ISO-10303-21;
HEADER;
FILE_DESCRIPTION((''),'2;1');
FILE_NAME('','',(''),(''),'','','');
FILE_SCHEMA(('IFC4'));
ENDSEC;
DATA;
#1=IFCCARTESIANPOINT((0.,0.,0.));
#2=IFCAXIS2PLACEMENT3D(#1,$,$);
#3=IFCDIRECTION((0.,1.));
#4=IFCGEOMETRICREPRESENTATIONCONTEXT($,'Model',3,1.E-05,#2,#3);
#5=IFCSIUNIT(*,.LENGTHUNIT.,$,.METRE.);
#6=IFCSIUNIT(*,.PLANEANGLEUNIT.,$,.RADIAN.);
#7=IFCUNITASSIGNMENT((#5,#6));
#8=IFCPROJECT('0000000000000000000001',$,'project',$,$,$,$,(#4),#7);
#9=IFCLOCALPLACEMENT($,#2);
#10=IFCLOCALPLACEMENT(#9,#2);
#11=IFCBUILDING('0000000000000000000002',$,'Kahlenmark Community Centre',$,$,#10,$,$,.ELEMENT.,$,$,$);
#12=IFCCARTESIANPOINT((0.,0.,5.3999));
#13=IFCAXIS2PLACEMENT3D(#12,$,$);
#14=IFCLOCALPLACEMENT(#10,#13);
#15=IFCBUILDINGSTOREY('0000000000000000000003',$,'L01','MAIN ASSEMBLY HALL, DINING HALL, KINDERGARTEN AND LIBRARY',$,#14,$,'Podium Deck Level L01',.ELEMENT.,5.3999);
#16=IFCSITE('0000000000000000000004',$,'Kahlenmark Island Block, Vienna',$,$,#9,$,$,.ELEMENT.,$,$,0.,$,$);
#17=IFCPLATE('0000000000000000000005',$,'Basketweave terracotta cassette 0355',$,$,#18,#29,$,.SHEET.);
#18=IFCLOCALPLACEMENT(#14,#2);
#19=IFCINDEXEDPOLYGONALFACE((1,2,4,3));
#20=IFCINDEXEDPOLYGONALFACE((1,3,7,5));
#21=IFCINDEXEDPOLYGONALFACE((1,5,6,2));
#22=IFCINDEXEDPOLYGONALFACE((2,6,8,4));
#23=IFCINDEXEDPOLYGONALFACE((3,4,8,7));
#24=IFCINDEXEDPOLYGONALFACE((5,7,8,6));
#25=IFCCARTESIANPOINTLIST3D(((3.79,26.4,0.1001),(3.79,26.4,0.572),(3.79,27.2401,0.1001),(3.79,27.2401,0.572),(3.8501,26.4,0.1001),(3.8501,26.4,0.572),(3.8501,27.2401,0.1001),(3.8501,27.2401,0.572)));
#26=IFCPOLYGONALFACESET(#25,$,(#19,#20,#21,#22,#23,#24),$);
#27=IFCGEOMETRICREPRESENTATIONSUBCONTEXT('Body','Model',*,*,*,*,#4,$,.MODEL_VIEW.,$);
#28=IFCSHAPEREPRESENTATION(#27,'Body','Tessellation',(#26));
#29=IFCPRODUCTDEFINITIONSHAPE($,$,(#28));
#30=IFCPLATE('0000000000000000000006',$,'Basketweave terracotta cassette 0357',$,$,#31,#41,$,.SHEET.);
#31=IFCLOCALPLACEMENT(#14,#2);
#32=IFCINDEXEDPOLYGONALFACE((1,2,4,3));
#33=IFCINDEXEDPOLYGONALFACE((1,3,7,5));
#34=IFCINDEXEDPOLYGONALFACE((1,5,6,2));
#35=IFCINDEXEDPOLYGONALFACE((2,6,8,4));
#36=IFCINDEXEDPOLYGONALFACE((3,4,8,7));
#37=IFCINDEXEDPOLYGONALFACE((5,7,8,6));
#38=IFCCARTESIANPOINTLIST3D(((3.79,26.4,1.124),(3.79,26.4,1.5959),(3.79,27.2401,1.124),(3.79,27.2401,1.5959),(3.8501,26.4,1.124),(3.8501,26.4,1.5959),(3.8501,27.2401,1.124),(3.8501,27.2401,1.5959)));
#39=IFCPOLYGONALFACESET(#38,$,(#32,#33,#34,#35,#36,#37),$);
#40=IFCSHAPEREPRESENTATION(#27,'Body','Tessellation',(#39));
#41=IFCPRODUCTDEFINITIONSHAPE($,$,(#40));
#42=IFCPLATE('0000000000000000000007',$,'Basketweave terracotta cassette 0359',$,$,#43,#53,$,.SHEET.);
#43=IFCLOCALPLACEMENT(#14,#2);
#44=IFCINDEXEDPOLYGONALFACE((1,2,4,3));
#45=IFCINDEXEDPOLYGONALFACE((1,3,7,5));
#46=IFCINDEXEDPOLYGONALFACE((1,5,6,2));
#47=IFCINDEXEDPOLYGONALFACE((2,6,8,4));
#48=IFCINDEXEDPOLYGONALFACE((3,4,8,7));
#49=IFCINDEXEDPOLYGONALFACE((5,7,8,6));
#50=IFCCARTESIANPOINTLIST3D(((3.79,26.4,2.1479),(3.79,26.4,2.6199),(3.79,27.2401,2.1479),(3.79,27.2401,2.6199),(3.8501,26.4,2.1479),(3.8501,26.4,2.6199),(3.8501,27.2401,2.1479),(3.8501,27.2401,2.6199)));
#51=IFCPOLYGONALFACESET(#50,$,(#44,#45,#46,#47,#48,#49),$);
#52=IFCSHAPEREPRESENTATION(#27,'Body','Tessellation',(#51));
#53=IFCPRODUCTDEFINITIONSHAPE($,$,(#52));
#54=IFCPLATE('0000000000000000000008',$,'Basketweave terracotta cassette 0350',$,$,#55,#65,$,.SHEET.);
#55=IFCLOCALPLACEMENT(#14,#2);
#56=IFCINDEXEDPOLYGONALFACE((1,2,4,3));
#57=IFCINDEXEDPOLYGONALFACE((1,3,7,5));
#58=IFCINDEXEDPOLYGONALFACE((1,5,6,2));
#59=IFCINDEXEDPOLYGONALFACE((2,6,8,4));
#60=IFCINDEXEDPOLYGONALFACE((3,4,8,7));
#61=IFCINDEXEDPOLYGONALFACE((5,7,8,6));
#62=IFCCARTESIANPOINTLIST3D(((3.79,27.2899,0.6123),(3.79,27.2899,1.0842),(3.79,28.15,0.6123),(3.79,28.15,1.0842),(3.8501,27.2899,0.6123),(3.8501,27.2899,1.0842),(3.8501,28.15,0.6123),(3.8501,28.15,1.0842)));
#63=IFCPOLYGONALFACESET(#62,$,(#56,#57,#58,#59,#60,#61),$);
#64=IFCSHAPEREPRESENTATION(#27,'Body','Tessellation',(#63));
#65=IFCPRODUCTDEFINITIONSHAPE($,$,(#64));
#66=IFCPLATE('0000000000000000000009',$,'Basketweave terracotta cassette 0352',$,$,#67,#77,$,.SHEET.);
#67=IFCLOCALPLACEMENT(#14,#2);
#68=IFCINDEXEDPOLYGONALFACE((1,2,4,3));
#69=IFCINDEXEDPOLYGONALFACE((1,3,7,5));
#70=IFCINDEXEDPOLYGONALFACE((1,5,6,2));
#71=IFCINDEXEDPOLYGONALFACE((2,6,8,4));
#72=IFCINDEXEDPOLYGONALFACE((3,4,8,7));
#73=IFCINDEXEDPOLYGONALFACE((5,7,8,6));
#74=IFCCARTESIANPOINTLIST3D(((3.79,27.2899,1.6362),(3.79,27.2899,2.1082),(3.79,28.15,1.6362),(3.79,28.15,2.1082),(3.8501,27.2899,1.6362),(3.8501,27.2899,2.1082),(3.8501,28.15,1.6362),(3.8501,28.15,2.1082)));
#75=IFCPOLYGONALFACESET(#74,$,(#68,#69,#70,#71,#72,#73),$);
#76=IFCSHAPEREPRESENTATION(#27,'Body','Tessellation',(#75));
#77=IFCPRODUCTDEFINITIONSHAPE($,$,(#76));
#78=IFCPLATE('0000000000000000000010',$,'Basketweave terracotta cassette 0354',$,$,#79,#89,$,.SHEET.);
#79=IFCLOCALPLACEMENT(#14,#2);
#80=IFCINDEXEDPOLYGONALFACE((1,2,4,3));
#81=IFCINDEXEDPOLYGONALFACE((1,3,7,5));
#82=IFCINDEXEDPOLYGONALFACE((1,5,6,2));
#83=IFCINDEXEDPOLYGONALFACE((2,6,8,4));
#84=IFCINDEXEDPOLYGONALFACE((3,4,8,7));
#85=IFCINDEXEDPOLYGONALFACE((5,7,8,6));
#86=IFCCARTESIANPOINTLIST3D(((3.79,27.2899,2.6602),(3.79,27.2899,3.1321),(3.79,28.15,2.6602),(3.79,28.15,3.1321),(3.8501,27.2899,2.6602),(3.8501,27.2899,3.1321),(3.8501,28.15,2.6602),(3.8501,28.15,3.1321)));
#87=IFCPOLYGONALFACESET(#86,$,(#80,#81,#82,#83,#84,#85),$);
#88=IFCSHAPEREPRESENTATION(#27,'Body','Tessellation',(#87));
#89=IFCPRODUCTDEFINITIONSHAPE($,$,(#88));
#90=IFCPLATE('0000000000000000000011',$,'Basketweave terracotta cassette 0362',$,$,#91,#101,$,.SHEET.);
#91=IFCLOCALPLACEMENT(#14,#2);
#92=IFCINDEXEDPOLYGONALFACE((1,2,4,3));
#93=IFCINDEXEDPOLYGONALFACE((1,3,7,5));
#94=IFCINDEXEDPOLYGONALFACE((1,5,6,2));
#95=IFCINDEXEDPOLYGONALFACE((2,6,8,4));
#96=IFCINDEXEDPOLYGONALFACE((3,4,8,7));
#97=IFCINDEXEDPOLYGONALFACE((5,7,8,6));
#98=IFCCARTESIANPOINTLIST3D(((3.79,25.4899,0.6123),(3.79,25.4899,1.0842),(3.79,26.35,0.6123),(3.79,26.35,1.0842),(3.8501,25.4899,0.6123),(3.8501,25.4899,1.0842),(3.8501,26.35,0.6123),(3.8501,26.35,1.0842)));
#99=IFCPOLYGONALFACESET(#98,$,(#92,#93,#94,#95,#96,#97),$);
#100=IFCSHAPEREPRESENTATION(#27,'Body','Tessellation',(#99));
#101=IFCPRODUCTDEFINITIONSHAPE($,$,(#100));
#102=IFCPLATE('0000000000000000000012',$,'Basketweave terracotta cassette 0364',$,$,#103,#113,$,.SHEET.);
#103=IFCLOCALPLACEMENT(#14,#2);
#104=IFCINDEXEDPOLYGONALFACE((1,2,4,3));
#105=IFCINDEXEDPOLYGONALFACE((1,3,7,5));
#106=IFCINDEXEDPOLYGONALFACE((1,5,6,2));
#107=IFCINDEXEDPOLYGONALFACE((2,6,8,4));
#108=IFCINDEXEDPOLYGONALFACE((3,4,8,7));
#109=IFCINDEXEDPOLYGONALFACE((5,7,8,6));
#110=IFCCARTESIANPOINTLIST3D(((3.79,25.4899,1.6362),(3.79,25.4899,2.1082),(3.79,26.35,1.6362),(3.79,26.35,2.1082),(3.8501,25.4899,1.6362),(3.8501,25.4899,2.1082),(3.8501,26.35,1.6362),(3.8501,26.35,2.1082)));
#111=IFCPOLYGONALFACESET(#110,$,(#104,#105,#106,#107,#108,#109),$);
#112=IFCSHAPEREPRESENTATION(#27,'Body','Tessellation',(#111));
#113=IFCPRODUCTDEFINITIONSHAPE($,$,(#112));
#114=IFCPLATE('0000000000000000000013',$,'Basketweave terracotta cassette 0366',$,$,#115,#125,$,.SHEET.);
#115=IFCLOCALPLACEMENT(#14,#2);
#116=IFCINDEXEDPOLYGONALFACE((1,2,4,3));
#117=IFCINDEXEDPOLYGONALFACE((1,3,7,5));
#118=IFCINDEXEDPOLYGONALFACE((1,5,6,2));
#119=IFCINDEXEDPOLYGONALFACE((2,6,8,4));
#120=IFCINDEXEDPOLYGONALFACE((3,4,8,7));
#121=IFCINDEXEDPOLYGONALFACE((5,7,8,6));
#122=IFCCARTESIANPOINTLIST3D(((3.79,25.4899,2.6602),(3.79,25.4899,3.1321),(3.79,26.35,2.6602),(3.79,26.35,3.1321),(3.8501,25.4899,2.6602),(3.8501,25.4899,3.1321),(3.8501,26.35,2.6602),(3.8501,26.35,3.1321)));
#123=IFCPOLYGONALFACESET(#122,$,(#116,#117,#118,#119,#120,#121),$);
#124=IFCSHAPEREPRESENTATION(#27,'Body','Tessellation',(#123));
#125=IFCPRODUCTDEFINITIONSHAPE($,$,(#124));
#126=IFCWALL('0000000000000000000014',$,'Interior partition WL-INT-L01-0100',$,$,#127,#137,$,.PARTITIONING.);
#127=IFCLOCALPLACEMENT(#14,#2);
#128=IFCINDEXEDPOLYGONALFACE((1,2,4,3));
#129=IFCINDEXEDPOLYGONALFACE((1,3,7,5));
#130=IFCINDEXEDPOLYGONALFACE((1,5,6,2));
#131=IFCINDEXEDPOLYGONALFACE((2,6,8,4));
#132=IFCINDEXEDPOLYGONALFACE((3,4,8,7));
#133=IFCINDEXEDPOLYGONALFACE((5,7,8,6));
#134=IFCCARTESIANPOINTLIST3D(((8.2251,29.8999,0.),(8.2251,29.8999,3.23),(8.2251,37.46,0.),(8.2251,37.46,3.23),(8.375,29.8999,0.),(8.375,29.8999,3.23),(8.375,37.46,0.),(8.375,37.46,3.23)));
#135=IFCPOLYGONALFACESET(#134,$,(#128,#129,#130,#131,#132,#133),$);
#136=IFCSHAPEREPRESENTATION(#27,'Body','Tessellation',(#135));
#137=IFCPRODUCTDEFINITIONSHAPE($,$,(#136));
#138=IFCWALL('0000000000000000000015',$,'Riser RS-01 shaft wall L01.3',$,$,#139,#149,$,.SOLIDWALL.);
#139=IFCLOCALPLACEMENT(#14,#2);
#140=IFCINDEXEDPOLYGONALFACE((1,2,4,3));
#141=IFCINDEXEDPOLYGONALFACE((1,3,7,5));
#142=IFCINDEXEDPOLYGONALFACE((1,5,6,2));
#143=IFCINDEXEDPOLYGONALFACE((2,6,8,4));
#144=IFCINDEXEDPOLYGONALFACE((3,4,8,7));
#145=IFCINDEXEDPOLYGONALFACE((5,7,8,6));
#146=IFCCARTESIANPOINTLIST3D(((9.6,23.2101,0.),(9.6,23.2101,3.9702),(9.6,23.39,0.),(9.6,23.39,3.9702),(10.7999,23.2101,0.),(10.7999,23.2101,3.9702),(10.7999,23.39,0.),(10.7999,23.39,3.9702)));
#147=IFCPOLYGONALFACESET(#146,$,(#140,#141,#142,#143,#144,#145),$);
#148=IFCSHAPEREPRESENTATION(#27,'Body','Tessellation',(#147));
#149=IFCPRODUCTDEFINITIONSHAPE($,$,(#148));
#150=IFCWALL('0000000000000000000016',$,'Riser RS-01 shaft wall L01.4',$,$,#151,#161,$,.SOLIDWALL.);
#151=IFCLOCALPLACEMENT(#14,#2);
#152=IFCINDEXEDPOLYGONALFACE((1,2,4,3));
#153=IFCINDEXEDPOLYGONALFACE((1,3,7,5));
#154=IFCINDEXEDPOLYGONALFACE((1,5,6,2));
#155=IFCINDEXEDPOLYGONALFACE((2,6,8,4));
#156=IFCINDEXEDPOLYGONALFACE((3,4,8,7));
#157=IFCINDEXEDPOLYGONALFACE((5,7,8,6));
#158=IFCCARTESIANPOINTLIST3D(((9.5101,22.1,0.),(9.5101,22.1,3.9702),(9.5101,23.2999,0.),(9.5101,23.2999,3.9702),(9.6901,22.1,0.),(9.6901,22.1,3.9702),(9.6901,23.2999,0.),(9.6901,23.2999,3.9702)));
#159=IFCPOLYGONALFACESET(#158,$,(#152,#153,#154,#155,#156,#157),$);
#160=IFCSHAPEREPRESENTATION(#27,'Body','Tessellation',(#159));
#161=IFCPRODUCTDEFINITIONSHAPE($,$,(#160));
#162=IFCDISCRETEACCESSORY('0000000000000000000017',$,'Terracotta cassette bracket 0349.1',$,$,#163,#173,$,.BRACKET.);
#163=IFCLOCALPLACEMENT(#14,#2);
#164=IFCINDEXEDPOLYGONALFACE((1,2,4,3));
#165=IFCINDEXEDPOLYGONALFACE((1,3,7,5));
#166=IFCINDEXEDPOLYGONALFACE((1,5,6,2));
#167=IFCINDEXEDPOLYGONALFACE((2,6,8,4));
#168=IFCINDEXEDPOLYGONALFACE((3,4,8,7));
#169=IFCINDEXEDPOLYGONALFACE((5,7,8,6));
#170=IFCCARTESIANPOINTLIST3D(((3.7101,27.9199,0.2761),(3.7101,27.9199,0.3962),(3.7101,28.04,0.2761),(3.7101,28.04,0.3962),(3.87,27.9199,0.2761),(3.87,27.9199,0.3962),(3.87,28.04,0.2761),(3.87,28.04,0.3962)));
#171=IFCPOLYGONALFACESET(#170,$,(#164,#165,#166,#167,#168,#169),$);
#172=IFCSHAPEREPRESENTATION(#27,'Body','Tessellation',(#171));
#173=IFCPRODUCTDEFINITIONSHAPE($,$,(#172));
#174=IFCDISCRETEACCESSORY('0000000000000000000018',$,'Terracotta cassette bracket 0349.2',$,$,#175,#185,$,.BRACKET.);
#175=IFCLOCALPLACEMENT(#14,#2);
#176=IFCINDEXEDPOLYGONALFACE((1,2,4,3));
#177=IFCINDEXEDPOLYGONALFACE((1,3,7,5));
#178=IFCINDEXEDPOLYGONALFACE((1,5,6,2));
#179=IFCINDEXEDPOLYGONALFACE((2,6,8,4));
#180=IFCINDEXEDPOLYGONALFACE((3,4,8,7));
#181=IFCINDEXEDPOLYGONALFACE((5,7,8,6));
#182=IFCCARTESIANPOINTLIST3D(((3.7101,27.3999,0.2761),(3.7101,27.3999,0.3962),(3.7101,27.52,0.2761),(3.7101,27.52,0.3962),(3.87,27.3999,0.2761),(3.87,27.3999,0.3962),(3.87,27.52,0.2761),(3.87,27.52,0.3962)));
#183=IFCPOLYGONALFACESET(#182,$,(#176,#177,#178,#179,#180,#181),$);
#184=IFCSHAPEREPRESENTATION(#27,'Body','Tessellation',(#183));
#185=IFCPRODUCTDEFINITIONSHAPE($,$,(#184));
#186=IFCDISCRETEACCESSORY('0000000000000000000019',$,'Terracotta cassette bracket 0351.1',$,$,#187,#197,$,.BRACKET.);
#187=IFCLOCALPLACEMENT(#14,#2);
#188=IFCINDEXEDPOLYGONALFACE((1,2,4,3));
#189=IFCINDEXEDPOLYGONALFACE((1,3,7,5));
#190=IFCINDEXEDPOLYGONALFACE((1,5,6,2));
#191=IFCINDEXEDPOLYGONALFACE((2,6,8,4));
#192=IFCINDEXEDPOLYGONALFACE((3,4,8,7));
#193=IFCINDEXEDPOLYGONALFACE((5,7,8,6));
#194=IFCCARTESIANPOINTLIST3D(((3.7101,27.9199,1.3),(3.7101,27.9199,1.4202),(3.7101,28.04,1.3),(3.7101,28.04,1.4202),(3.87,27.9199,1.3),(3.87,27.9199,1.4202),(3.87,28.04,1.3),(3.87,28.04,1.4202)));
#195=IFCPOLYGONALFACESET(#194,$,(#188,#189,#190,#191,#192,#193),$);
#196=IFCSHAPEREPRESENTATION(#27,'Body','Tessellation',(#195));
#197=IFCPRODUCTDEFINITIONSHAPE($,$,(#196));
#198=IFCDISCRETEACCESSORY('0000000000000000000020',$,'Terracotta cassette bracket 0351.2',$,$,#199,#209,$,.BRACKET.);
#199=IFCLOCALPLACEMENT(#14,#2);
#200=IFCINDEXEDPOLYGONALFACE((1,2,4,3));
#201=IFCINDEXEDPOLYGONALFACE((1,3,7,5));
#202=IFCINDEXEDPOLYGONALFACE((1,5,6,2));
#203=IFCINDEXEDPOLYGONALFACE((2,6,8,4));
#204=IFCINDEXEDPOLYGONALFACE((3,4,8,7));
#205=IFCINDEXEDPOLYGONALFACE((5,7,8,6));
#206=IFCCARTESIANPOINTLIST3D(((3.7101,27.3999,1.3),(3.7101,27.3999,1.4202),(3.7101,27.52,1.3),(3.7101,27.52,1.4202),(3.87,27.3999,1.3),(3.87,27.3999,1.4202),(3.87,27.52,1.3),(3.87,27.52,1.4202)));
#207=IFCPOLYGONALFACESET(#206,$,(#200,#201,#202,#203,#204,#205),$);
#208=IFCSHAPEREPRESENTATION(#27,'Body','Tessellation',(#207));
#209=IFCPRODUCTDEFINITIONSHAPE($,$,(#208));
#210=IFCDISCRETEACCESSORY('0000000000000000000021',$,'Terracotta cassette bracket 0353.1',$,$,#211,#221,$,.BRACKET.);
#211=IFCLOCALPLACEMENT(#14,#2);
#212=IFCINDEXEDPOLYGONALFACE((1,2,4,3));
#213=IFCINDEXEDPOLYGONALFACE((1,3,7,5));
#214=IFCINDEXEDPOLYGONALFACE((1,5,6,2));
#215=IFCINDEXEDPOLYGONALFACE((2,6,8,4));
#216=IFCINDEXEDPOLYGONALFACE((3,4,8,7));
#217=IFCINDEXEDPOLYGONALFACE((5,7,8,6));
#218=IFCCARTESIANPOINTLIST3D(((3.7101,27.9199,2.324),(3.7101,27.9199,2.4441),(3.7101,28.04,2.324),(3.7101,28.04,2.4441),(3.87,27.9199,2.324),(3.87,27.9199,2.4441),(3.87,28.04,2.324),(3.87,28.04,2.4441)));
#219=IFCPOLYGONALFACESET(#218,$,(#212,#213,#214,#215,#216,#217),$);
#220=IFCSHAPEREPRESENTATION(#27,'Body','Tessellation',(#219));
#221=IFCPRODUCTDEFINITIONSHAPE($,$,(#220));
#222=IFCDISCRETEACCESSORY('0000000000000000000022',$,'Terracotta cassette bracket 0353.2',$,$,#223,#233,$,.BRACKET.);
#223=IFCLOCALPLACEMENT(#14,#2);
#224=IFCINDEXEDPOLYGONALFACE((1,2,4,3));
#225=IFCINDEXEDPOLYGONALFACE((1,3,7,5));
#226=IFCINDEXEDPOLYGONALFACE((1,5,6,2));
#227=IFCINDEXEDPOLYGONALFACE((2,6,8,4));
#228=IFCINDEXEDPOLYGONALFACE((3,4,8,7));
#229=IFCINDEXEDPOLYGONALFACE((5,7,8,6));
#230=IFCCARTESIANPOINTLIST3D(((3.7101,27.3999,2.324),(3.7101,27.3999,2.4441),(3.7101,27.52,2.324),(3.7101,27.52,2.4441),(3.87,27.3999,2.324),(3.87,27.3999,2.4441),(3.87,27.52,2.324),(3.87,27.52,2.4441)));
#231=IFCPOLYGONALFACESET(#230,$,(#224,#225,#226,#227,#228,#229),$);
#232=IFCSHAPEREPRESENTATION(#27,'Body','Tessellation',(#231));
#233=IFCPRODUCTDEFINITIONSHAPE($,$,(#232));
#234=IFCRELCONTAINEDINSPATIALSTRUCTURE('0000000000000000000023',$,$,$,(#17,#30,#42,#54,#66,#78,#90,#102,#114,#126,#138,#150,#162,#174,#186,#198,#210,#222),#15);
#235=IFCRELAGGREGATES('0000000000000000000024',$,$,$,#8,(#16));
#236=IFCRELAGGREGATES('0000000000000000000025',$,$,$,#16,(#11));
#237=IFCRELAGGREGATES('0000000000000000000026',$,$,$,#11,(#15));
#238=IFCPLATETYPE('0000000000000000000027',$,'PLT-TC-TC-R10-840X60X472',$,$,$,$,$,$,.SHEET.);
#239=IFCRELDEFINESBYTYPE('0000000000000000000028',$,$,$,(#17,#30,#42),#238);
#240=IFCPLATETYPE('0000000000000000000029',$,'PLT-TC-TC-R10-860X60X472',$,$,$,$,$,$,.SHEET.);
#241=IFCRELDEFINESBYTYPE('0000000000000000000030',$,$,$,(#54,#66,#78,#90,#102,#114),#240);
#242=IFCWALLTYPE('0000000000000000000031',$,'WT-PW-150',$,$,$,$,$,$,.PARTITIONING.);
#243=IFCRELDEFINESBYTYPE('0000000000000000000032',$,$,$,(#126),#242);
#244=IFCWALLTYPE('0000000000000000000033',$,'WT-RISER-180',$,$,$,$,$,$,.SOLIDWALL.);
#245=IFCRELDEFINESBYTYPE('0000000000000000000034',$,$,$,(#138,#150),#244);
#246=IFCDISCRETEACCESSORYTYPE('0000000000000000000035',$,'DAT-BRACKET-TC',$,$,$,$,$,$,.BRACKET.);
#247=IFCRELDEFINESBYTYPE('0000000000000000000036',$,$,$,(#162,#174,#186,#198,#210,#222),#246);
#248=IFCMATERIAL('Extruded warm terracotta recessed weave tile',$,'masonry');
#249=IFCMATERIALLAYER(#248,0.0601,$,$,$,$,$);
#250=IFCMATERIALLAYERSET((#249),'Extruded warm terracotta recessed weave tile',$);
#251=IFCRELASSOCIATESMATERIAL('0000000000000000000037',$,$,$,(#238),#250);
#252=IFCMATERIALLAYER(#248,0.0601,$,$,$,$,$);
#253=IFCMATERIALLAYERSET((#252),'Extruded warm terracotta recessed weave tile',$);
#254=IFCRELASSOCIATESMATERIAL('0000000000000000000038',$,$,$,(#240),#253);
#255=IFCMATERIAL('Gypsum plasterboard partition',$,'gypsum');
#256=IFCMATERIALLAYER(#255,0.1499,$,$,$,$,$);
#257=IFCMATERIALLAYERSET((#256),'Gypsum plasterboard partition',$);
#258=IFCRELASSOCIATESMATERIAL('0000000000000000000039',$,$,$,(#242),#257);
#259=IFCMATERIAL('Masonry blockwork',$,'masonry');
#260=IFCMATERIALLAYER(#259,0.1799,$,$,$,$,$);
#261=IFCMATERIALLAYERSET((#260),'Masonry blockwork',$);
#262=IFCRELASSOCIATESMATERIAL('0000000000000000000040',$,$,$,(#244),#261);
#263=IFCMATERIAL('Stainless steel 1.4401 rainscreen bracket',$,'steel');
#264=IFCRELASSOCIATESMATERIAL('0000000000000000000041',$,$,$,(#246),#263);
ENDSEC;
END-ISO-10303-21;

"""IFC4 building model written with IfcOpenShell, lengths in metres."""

from ifc_helpers import new_model, si_unit, direction, frame, frame_2d, origin, origin_2d, place, context, subcontext, project, spatial, rectangle, extrude, material, layer, layer_set, type_object, element, save


model = new_model("IFC4")

# Units and contexts
model_context = context("Model", 3, precision=1e-05, world=origin(), true_north=direction((0.0, 1.0)))
body_context = subcontext(model_context, "Body", "Model", "MODEL_VIEW")
ifc_project = project(units=[si_unit("LENGTHUNIT", "METRE"), si_unit("PLANEANGLEUNIT", "RADIAN")], contexts=[model_context])

# Site, building, storey
site_placement = place(None, origin())
site = spatial("IfcSite", under=ifc_project, at=site_placement, Name="Kahlenmark Island Block, Vienna", CompositionType="ELEMENT", RefElevation=0.0)
building_placement = place(site_placement, origin())
building = spatial("IfcBuilding", under=site, at=building_placement, Name="Kahlenmark Community Centre", CompositionType="ELEMENT")
storey_placement = place(building_placement, frame((0.0, 0.0, 5.3999)))
storey = spatial("IfcBuildingStorey", under=building, at=storey_placement, Name="L01", Description="MAIN ASSEMBLY HALL, DINING HALL, KINDERGARTEN AND LIBRARY", LongName="Podium Deck Level L01", CompositionType="ELEMENT", Elevation=5.3999)

# Plates
ifc_material_1 = material(Name="Extruded warm terracotta recessed weave tile", Category="masonry")
ifc_layer_1 = layer(ifc_material_1, 0.0601)
ifc_layer_set_1 = layer_set([ifc_layer_1], Name="Extruded warm terracotta recessed weave tile")
plate_type_1 = type_object("IfcPlateType", Name="PLT-TC-TC-R10-840X60X472", PredefinedType="SHEET", material=ifc_layer_set_1)
for number, where, z_axis, x_axis, name in (
    (1, (3.8201, 26.8201, 0.1001), (0.0, 0.0, 1.0), (0.0, -1.0, 0.0), "Basketweave terracotta cassette 0355"),
    (2, (3.8201, 26.8201, 1.124), (0.0, 0.0, 1.0), (0.0, -1.0, 0.0), "Basketweave terracotta cassette 0357"),
    (3, (3.8201, 26.8201, 2.1479), (0.0, 0.0, 1.0), (0.0, -1.0, 0.0), "Basketweave terracotta cassette 0359"),
):
    element("IfcPlate", number, at=place(storey_placement, frame(where, z_axis=z_axis, x_axis=x_axis)), inside=storey, type_object=plate_type_1, Name=name, PredefinedType="SHEET", context=body_context, shape_type="SweptSolid", body=[
        extrude(rectangle(XDim=0.8401, YDim=0.0601, at=origin_2d()), origin(), (0.0, 0.0, 1.0), 0.4719),
    ])
ifc_layer_2 = layer(ifc_material_1, 0.0601)
ifc_layer_set_2 = layer_set([ifc_layer_2], Name="Extruded warm terracotta recessed weave tile")
plate_type_2 = type_object("IfcPlateType", Name="PLT-TC-TC-R10-860X60X472", PredefinedType="SHEET", material=ifc_layer_set_2)
for number, where, z_axis, x_axis, name in (
    (4, (3.8201, 27.72, 0.6123), (0.0, 0.0, 1.0), (0.0, -1.0, 0.0), "Basketweave terracotta cassette 0350"),
    (5, (3.8201, 27.72, 1.6362), (0.0, 0.0, 1.0), (0.0, -1.0, 0.0), "Basketweave terracotta cassette 0352"),
    (6, (3.8201, 27.72, 2.6602), (0.0, 0.0, 1.0), (0.0, -1.0, 0.0), "Basketweave terracotta cassette 0354"),
    (7, (3.8201, 25.9199, 0.6123), (0.0, 0.0, 1.0), (0.0, -1.0, 0.0), "Basketweave terracotta cassette 0362"),
    (8, (3.8201, 25.9199, 1.6362), (0.0, 0.0, 1.0), (0.0, -1.0, 0.0), "Basketweave terracotta cassette 0364"),
    (9, (3.8201, 25.9199, 2.6602), (0.0, 0.0, 1.0), (0.0, -1.0, 0.0), "Basketweave terracotta cassette 0366"),
):
    element("IfcPlate", number, at=place(storey_placement, frame(where, z_axis=z_axis, x_axis=x_axis)), inside=storey, type_object=plate_type_2, Name=name, PredefinedType="SHEET", context=body_context, shape_type="SweptSolid", body=[
        extrude(rectangle(XDim=0.8601, YDim=0.0601, at=origin_2d()), origin(), (0.0, 0.0, 1.0), 0.4719),
    ])

# Wall
ifc_material_2 = material(Name="Gypsum plasterboard partition", Category="gypsum")
ifc_layer_3 = layer(ifc_material_2, 0.1499)
ifc_layer_set_3 = layer_set([ifc_layer_3], Name="Gypsum plasterboard partition")
wall_type_1 = type_object("IfcWallType", Name="WT-PW-150", PredefinedType="PARTITIONING", material=ifc_layer_set_3)
wall_1_placement = place(storey_placement, frame((8.3, 29.8999, 0.0), z_axis=(0.0, 0.0, 1.0), x_axis=(0.0, 1.0, 0.0)))
element("IfcWall", 10, at=wall_1_placement, inside=storey, type_object=wall_type_1, Name="Interior partition WL-INT-L01-0100", PredefinedType="PARTITIONING", context=body_context, shape_type="SweptSolid", body=[
    extrude(rectangle(XDim=7.5601, YDim=0.1499, at=frame_2d((3.78, 0.0))), origin(), (0.0, 0.0, 1.0), 3.23),
])

# Walls
ifc_material_3 = material(Name="Masonry blockwork", Category="masonry")
ifc_layer_4 = layer(ifc_material_3, 0.1799)
ifc_layer_set_4 = layer_set([ifc_layer_4], Name="Masonry blockwork")
wall_type_2 = type_object("IfcWallType", Name="WT-RISER-180", PredefinedType="SOLIDWALL", material=ifc_layer_set_4)
for number, where, z_axis, x_axis, name in (
    (11, (10.8, 23.3, 0.0), (0.0, 0.0, 1.0), (-1.0, 0.0, 0.0), "Riser RS-01 shaft wall L01.3"),
    (12, (9.6001, 23.3, 0.0), (0.0, 0.0, 1.0), (0.0, -1.0, 0.0), "Riser RS-01 shaft wall L01.4"),
):
    element("IfcWall", number, at=place(storey_placement, frame(where, z_axis=z_axis, x_axis=x_axis)), inside=storey, type_object=wall_type_2, Name=name, PredefinedType="SOLIDWALL", context=body_context, shape_type="SweptSolid", body=[
        extrude(rectangle(XDim=1.2, YDim=0.1799, at=frame_2d((0.6001, 0.0))), origin(), (0.0, 0.0, 1.0), 3.9702),
    ])

# Discrete accessories
ifc_material_4 = material(Name="Stainless steel 1.4401 rainscreen bracket", Category="steel")
discrete_accessory_type = type_object("IfcDiscreteAccessoryType", Name="DAT-BRACKET-TC", PredefinedType="BRACKET", material=ifc_material_4)
for number, where, z_axis, x_axis, name in (
    (13, (3.79, 27.98, 0.2761), (0.0, 0.0, 1.0), (0.0, -1.0, 0.0), "Terracotta cassette bracket 0349.1"),
    (14, (3.79, 27.46, 0.2761), (0.0, 0.0, 1.0), (0.0, -1.0, 0.0), "Terracotta cassette bracket 0349.2"),
    (15, (3.79, 27.98, 1.3), (0.0, 0.0, 1.0), (0.0, -1.0, 0.0), "Terracotta cassette bracket 0351.1"),
    (16, (3.79, 27.46, 1.3), (0.0, 0.0, 1.0), (0.0, -1.0, 0.0), "Terracotta cassette bracket 0351.2"),
    (17, (3.79, 27.98, 2.324), (0.0, 0.0, 1.0), (0.0, -1.0, 0.0), "Terracotta cassette bracket 0353.1"),
    (18, (3.79, 27.46, 2.324), (0.0, 0.0, 1.0), (0.0, -1.0, 0.0), "Terracotta cassette bracket 0353.2"),
):
    element("IfcDiscreteAccessory", number, at=place(storey_placement, frame(where, z_axis=z_axis, x_axis=x_axis)), inside=storey, type_object=discrete_accessory_type, Name=name, PredefinedType="BRACKET", context=body_context, shape_type="SweptSolid", body=[
        extrude(rectangle(XDim=0.1201, YDim=0.1599, at=origin_2d()), origin(), (0.0, 0.0, 1.0), 0.1201),
    ])

save(model, "model.ifc")
